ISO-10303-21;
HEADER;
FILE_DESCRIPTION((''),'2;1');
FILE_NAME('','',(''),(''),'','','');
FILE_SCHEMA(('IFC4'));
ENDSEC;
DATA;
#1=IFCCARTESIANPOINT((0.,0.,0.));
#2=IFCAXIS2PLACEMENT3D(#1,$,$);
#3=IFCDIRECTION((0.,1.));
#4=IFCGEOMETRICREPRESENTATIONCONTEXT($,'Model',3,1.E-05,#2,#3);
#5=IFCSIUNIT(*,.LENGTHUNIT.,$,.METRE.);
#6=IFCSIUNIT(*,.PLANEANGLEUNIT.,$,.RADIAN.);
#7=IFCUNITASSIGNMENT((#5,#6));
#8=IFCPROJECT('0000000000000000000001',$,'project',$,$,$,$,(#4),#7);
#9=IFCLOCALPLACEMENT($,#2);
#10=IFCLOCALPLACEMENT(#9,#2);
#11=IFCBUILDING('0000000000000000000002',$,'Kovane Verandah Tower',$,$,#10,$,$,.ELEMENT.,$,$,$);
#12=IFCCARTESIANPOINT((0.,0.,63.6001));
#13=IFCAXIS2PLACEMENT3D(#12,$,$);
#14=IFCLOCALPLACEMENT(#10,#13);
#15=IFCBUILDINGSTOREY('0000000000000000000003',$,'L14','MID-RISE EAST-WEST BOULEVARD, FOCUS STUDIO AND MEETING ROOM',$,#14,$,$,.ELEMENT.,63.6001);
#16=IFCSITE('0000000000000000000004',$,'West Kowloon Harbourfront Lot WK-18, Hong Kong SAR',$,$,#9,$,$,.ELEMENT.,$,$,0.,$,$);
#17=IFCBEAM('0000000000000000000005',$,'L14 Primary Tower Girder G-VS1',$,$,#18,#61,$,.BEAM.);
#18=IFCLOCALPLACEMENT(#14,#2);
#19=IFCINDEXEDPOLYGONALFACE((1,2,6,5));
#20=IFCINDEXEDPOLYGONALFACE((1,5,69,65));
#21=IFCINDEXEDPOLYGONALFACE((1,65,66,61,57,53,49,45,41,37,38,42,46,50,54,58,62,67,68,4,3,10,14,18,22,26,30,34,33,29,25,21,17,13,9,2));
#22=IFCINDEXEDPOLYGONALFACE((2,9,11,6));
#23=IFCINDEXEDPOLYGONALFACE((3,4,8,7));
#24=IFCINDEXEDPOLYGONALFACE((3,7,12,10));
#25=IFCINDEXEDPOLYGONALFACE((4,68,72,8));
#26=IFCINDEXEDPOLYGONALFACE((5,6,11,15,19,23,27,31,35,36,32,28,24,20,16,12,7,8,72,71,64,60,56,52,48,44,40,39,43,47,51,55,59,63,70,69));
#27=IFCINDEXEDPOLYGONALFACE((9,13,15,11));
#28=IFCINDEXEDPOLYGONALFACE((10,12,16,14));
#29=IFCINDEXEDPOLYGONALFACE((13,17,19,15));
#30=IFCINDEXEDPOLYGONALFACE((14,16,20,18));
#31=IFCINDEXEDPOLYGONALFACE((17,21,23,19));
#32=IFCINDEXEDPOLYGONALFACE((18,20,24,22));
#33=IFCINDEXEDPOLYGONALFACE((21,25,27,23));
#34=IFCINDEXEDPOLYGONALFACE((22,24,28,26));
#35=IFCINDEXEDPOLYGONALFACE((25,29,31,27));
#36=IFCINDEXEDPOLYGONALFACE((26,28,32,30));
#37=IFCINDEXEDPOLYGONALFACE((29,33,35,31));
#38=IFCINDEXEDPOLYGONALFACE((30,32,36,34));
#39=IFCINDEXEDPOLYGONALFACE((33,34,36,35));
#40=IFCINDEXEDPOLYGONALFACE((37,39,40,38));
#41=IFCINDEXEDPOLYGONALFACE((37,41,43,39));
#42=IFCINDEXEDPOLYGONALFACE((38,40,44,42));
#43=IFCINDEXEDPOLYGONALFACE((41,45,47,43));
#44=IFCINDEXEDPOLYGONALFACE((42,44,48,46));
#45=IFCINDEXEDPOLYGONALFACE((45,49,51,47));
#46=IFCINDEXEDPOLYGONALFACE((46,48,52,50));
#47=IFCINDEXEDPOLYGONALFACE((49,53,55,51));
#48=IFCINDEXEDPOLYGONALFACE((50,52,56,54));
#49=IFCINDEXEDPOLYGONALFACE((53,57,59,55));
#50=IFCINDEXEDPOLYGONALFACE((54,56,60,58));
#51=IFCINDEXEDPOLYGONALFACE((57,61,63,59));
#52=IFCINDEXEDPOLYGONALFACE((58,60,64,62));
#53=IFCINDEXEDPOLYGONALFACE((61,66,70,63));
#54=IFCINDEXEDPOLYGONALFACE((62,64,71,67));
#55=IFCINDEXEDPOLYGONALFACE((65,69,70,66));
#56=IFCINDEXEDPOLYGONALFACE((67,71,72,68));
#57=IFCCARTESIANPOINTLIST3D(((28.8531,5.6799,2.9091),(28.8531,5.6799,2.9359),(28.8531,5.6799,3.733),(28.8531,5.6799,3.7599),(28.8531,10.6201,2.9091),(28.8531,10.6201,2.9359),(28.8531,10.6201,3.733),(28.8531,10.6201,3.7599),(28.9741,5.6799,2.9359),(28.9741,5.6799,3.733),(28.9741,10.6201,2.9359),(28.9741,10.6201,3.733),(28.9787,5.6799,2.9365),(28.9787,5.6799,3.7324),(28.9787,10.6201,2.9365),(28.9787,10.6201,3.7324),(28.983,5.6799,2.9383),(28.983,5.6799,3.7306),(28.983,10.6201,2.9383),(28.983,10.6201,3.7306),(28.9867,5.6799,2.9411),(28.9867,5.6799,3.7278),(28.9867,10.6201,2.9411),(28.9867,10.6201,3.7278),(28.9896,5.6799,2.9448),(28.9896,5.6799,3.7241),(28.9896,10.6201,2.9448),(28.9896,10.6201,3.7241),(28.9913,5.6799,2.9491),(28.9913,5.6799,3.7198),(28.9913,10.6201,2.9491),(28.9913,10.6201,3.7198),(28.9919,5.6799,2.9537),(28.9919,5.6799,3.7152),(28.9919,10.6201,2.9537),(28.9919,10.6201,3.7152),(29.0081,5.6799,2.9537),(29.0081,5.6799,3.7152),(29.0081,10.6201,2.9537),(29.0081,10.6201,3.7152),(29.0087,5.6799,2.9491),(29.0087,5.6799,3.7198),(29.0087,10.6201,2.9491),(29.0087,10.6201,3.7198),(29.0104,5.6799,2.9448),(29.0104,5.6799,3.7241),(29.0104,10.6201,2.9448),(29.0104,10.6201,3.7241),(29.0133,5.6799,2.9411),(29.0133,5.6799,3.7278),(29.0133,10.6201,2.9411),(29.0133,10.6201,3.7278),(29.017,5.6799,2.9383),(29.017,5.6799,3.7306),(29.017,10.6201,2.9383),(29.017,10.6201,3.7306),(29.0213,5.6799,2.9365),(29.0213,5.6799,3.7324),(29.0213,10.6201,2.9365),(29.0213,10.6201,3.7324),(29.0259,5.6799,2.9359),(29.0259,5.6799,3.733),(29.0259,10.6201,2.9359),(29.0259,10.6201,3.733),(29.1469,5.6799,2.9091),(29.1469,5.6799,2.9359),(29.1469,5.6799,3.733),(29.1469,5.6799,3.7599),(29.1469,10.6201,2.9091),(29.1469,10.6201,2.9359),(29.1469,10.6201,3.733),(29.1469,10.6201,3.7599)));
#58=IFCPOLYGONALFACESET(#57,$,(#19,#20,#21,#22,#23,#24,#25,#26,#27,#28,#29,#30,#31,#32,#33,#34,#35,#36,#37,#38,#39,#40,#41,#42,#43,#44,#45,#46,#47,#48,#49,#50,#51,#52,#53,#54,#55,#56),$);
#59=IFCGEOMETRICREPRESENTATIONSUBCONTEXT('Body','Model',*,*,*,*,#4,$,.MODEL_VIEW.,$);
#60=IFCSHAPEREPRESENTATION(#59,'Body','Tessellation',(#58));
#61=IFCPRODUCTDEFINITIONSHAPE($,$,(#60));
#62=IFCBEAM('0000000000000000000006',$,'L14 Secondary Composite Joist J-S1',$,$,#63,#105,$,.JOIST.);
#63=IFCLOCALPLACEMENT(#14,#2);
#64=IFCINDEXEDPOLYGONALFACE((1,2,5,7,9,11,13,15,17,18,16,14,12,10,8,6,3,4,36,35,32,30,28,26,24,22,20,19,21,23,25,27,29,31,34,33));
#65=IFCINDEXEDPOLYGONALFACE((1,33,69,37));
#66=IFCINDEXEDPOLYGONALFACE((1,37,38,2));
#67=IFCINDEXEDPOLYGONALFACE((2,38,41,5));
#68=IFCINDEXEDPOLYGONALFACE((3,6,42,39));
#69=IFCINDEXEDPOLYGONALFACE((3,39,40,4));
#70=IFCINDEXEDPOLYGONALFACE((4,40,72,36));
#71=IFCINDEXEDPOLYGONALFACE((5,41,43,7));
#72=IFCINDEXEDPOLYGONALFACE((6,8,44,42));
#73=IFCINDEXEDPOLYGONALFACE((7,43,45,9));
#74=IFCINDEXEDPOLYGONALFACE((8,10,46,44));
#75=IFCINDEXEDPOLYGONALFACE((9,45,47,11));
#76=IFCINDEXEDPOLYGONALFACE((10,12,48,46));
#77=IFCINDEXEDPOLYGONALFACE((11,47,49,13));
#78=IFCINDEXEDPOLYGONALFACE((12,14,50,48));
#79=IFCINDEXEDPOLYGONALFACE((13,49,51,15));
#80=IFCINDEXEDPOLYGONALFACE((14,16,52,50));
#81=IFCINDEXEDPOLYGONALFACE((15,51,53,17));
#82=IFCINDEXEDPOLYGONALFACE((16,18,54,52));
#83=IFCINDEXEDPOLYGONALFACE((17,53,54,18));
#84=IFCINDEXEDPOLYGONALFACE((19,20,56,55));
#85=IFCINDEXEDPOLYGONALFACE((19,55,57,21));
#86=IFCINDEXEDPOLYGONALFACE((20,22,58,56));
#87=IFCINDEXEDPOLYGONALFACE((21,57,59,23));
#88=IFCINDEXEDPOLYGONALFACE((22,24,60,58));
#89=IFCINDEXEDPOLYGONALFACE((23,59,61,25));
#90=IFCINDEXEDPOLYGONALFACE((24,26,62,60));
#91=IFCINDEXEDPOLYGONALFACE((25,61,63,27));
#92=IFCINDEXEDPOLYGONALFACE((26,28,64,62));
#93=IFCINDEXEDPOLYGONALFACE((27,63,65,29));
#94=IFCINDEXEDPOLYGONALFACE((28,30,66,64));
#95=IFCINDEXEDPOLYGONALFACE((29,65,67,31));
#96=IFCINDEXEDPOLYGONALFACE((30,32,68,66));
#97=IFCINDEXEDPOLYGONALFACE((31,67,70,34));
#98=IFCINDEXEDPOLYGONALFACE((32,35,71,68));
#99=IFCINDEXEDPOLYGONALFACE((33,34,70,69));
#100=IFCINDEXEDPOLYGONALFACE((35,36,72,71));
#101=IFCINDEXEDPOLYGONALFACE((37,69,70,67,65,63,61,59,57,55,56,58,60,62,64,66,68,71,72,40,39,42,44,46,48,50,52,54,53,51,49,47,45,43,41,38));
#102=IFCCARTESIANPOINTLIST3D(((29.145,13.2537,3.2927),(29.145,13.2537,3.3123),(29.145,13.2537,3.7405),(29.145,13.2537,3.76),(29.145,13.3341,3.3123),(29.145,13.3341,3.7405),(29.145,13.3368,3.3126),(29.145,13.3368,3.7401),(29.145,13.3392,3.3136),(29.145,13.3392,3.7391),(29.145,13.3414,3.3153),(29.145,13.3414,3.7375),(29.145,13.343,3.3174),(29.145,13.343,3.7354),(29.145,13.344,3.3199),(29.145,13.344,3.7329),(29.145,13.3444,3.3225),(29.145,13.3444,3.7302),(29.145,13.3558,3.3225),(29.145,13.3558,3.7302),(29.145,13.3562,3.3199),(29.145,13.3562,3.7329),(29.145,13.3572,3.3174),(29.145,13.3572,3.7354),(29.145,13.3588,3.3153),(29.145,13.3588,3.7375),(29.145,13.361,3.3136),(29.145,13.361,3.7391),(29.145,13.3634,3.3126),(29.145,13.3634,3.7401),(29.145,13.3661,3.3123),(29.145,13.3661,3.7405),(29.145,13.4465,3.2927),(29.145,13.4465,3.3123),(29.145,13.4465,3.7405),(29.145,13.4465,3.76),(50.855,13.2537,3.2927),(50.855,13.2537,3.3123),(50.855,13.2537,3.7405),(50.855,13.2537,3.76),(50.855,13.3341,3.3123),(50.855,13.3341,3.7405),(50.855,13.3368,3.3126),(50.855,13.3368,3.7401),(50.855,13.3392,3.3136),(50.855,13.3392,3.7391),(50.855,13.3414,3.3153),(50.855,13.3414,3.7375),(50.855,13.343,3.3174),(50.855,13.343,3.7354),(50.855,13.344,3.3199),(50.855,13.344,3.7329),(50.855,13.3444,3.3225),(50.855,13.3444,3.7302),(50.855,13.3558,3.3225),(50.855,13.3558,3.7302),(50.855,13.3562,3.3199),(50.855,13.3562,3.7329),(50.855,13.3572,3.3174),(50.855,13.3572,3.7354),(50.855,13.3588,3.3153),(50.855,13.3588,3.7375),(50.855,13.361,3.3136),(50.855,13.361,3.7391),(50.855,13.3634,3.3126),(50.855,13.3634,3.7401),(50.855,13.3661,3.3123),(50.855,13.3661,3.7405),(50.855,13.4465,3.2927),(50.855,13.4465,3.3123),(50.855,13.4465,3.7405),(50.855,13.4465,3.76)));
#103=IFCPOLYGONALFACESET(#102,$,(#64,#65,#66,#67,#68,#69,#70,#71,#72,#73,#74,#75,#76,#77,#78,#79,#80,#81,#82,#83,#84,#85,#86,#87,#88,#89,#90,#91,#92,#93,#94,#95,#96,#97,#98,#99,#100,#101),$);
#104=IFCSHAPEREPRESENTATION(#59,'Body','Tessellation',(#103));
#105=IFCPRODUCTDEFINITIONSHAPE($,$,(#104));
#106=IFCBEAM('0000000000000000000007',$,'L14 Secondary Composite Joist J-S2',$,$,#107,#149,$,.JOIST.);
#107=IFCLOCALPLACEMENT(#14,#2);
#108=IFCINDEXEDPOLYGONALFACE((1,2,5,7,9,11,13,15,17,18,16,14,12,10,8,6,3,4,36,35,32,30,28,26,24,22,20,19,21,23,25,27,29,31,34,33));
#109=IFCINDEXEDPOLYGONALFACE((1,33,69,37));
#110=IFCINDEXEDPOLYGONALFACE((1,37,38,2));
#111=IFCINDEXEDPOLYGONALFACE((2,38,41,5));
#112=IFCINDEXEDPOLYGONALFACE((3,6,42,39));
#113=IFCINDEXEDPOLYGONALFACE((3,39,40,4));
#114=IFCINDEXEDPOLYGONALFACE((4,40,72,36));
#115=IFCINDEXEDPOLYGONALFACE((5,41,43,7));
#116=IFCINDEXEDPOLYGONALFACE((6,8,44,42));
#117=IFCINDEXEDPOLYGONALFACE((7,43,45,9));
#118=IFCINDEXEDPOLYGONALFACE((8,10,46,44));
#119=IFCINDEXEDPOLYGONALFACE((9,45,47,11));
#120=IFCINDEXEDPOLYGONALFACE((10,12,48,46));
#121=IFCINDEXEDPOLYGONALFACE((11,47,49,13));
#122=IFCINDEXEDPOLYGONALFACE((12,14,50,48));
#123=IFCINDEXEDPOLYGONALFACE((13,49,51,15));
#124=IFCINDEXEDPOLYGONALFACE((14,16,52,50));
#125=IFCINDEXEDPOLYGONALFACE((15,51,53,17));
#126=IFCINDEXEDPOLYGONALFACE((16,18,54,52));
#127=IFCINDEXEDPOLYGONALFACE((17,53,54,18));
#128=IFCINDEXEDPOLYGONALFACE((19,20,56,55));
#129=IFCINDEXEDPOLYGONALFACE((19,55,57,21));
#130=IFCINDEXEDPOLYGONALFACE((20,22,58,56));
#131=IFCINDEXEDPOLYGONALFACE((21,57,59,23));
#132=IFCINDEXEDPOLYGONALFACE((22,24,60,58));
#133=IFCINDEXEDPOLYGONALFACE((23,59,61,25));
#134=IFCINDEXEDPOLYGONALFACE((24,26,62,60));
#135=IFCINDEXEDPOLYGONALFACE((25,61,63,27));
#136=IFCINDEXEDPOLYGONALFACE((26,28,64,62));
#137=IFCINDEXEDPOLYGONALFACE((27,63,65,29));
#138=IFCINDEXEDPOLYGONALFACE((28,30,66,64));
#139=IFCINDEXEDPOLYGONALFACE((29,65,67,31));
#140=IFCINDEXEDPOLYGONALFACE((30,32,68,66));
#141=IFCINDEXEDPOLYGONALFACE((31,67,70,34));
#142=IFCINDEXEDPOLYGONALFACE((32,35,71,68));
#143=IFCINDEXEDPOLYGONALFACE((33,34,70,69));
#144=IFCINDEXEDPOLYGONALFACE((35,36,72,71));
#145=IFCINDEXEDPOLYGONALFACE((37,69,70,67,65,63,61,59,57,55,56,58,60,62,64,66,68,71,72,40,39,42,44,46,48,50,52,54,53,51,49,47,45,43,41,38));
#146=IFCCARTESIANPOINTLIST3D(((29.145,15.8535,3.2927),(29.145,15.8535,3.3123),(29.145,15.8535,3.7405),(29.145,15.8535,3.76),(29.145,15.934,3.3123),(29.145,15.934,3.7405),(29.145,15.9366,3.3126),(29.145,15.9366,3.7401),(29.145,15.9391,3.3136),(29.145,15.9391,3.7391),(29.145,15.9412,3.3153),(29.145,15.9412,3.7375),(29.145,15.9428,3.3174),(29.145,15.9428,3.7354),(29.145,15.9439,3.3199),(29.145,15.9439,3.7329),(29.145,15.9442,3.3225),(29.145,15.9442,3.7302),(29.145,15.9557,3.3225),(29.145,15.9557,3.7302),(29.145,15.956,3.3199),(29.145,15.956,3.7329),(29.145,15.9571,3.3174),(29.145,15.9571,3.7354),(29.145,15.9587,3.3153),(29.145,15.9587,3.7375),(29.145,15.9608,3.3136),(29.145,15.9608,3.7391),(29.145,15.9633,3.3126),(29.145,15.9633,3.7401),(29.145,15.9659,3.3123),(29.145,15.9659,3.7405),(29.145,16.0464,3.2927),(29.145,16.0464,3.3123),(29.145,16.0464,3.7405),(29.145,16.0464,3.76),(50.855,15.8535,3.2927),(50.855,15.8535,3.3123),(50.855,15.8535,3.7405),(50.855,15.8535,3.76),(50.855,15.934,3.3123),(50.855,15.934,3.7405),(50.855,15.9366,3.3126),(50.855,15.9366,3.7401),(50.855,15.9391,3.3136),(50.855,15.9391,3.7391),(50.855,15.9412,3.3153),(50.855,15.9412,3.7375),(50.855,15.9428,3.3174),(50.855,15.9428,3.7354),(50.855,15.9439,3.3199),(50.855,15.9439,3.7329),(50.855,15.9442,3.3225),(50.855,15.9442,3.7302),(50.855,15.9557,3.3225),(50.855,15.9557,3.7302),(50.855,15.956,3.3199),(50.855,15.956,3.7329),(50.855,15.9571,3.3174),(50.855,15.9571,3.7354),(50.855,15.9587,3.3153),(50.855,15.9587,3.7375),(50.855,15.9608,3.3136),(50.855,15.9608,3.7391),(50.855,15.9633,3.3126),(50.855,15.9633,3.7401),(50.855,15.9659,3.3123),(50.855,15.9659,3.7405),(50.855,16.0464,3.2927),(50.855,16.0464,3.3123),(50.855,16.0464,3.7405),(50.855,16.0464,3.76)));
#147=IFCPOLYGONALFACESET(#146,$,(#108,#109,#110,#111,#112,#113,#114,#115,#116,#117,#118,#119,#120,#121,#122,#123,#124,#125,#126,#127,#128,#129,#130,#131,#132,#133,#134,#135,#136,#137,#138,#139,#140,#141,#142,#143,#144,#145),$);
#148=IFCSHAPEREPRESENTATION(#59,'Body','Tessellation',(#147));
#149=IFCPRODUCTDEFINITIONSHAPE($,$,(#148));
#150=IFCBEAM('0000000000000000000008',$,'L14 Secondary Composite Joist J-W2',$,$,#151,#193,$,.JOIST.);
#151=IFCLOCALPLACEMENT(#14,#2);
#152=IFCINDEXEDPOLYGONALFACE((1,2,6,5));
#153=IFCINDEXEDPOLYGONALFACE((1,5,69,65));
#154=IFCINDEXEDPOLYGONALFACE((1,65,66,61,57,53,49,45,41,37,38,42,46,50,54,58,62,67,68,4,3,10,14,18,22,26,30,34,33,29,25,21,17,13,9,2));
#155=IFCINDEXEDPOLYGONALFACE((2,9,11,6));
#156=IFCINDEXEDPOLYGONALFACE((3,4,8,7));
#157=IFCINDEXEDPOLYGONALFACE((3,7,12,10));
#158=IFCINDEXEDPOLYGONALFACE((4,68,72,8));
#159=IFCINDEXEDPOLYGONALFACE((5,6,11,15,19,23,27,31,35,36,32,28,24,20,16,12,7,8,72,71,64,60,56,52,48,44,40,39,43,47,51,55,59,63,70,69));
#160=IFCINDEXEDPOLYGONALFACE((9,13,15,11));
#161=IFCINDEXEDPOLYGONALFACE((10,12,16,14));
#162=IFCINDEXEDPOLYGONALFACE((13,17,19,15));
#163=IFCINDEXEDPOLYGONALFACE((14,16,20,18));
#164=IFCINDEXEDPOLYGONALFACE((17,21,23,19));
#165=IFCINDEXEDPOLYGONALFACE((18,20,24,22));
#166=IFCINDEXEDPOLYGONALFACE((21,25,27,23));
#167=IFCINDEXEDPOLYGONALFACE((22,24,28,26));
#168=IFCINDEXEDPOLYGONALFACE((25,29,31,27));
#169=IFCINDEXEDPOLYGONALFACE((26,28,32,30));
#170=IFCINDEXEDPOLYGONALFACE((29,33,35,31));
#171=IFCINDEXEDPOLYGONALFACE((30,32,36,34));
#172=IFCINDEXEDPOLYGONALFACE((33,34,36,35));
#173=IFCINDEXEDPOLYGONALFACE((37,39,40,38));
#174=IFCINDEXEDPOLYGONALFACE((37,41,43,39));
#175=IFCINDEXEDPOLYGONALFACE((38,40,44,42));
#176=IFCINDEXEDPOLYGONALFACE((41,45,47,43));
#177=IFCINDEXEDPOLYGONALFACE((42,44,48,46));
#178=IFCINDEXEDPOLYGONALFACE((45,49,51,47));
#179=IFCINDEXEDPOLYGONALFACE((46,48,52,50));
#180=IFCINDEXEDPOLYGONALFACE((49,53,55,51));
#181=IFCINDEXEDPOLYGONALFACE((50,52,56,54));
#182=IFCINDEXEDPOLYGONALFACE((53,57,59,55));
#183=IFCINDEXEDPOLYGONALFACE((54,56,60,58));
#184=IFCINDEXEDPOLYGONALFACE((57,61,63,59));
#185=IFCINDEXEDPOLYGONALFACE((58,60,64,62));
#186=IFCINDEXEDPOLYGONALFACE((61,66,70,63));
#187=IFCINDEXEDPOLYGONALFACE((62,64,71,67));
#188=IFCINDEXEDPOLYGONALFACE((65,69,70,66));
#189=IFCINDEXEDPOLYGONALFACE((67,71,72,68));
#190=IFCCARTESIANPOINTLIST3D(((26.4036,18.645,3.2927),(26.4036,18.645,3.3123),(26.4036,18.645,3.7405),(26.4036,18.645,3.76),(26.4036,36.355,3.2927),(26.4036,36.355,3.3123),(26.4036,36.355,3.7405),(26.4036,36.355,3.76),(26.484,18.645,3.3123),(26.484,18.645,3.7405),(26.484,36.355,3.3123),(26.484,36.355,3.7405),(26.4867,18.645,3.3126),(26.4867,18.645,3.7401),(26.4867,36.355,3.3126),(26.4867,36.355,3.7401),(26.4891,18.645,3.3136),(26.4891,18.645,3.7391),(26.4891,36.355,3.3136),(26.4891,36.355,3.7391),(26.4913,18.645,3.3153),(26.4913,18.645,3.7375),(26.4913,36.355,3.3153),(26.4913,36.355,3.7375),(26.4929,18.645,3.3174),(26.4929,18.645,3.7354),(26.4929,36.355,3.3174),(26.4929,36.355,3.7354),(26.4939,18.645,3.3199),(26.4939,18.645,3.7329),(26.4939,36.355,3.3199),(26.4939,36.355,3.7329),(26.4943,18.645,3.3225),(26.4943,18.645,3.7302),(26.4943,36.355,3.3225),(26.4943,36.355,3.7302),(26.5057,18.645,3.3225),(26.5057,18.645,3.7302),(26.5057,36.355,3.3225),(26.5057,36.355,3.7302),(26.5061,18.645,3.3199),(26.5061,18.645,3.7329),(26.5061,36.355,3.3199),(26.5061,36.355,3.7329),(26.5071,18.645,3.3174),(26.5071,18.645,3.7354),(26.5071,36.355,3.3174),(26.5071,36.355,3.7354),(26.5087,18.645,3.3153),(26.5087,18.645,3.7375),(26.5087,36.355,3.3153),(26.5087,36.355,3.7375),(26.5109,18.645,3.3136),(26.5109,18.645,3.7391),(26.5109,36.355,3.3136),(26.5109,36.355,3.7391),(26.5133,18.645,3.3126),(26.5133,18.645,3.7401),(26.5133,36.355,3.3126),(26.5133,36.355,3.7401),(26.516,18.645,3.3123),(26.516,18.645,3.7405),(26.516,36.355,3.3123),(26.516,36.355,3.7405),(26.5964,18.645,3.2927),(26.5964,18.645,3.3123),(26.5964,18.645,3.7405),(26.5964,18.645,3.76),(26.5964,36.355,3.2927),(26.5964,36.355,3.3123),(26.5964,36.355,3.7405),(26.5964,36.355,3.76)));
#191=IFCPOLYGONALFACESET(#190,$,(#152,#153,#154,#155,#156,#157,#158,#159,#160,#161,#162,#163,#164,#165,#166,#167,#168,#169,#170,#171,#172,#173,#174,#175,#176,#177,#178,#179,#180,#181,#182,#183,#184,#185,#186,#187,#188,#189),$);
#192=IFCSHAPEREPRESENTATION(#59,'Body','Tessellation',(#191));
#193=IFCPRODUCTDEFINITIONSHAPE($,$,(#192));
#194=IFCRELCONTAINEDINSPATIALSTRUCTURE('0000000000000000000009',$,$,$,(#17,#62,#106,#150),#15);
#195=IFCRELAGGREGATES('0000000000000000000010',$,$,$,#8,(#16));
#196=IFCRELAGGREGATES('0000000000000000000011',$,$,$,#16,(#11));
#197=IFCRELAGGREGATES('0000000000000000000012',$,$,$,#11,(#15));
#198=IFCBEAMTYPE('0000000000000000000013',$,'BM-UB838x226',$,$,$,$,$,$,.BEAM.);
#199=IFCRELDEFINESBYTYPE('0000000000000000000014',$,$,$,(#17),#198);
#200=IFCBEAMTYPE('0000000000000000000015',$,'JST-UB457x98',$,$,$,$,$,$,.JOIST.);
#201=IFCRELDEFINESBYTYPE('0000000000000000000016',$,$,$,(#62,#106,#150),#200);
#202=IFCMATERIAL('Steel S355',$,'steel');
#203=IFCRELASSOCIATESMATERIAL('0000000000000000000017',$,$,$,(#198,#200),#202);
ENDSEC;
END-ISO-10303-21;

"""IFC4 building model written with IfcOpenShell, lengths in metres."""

from ifc_helpers import new_model, si_unit, direction, frame, origin, origin_2d, place, context, subcontext, project, spatial, i_section, extrude, material, material_profile, profile_set, type_object, element, save


model = new_model("IFC4")

# Units and contexts
model_context = context("Model", 3, precision=1e-05, world=origin(), true_north=direction((0.0, 1.0)))
body_context = subcontext(model_context, "Body", "Model", "MODEL_VIEW")
ifc_project = project(units=[si_unit("LENGTHUNIT", "METRE"), si_unit("PLANEANGLEUNIT", "RADIAN")], contexts=[model_context])

# Site, building, storey
site_placement = place(None, origin())
site = spatial("IfcSite", under=ifc_project, at=site_placement, Name="West Kowloon Harbourfront Lot WK-18, Hong Kong SAR", CompositionType="ELEMENT", RefElevation=0.0)
building_placement = place(site_placement, origin())
building = spatial("IfcBuilding", under=site, at=building_placement, Name="Kovane Verandah Tower", CompositionType="ELEMENT")
storey_placement = place(building_placement, frame((0.0, 0.0, 63.6001)))
storey = spatial("IfcBuildingStorey", under=building, at=storey_placement, Name="L14", Description="MID-RISE EAST-WEST BOULEVARD, FOCUS STUDIO AND MEETING ROOM", CompositionType="ELEMENT", Elevation=63.6001)

# Beams
ifc_material_1 = material(Name="Steel S355", Category="steel")
ifc_material_profile_1 = material_profile(ifc_material_1, i_section(OverallWidth=0.2937, OverallDepth=0.8508, WebThickness=0.0161, FlangeThickness=0.0269, FilletRadius=0.0178, at=origin_2d()), Name="UB838x292x226")
ifc_profile_set_1 = profile_set([ifc_material_profile_1], Name="Steel S355")
beam_type_1 = type_object("IfcBeamType", Name="BM-UB838x226", PredefinedType="BEAM", material=ifc_profile_set_1)
beam_1_placement = place(storey_placement, frame((29.0, 10.6201, 3.3345), z_axis=(0.0, -1.0, 0.0), x_axis=(1.0, 0.0, 0.0)))
element("IfcBeam", 1, at=beam_1_placement, inside=storey, type_object=beam_type_1, Name="L14 Primary Tower Girder G-VS1", PredefinedType="BEAM", context=body_context, shape_type="SweptSolid", body=[
    extrude(i_section(OverallWidth=0.2937, OverallDepth=0.8508, WebThickness=0.0161, FlangeThickness=0.0269, FilletRadius=0.0178, at=origin_2d()), origin(), (0.0, 0.0, 1.0), 4.9402),
])
ifc_material_profile_2 = material_profile(ifc_material_1, i_section(OverallWidth=0.1929, OverallDepth=0.4673, WebThickness=0.0115, FlangeThickness=0.0195, FilletRadius=0.0103, at=origin_2d()), Name="UB457x191x98")
ifc_profile_set_2 = profile_set([ifc_material_profile_2], Name="Steel S355")
beam_type_2 = type_object("IfcBeamType", Name="JST-UB457x98", PredefinedType="JOIST", material=ifc_profile_set_2)
for number, where, z_axis, x_axis, name in (
    (2, (29.145, 13.3501, 3.5264), (1.0, 0.0, 0.0), (0.0, 1.0, 0.0), "L14 Secondary Composite Joist J-S1"),
    (3, (29.145, 15.95, 3.5264), (1.0, 0.0, 0.0), (0.0, 1.0, 0.0), "L14 Secondary Composite Joist J-S2"),
):
    element("IfcBeam", number, at=place(storey_placement, frame(where, z_axis=z_axis, x_axis=x_axis)), inside=storey, type_object=beam_type_2, Name=name, PredefinedType="JOIST", context=body_context, shape_type="SweptSolid", body=[
        extrude(i_section(OverallWidth=0.1929, OverallDepth=0.4673, WebThickness=0.0115, FlangeThickness=0.0195, FilletRadius=0.0103, at=origin_2d()), origin(), (0.0, 0.0, 1.0), 21.71),
    ])
beam_2_placement = place(storey_placement, frame((26.5, 18.645, 3.5264), z_axis=(0.0, 1.0, 0.0), x_axis=(-1.0, 0.0, 0.0)))
element("IfcBeam", 4, at=beam_2_placement, inside=storey, type_object=beam_type_2, Name="L14 Secondary Composite Joist J-W2", PredefinedType="JOIST", context=body_context, shape_type="SweptSolid", body=[
    extrude(i_section(OverallWidth=0.1929, OverallDepth=0.4673, WebThickness=0.0115, FlangeThickness=0.0195, FilletRadius=0.0103, at=origin_2d()), origin(), (0.0, 0.0, 1.0), 17.71),
])

save(model, "model.ifc")
